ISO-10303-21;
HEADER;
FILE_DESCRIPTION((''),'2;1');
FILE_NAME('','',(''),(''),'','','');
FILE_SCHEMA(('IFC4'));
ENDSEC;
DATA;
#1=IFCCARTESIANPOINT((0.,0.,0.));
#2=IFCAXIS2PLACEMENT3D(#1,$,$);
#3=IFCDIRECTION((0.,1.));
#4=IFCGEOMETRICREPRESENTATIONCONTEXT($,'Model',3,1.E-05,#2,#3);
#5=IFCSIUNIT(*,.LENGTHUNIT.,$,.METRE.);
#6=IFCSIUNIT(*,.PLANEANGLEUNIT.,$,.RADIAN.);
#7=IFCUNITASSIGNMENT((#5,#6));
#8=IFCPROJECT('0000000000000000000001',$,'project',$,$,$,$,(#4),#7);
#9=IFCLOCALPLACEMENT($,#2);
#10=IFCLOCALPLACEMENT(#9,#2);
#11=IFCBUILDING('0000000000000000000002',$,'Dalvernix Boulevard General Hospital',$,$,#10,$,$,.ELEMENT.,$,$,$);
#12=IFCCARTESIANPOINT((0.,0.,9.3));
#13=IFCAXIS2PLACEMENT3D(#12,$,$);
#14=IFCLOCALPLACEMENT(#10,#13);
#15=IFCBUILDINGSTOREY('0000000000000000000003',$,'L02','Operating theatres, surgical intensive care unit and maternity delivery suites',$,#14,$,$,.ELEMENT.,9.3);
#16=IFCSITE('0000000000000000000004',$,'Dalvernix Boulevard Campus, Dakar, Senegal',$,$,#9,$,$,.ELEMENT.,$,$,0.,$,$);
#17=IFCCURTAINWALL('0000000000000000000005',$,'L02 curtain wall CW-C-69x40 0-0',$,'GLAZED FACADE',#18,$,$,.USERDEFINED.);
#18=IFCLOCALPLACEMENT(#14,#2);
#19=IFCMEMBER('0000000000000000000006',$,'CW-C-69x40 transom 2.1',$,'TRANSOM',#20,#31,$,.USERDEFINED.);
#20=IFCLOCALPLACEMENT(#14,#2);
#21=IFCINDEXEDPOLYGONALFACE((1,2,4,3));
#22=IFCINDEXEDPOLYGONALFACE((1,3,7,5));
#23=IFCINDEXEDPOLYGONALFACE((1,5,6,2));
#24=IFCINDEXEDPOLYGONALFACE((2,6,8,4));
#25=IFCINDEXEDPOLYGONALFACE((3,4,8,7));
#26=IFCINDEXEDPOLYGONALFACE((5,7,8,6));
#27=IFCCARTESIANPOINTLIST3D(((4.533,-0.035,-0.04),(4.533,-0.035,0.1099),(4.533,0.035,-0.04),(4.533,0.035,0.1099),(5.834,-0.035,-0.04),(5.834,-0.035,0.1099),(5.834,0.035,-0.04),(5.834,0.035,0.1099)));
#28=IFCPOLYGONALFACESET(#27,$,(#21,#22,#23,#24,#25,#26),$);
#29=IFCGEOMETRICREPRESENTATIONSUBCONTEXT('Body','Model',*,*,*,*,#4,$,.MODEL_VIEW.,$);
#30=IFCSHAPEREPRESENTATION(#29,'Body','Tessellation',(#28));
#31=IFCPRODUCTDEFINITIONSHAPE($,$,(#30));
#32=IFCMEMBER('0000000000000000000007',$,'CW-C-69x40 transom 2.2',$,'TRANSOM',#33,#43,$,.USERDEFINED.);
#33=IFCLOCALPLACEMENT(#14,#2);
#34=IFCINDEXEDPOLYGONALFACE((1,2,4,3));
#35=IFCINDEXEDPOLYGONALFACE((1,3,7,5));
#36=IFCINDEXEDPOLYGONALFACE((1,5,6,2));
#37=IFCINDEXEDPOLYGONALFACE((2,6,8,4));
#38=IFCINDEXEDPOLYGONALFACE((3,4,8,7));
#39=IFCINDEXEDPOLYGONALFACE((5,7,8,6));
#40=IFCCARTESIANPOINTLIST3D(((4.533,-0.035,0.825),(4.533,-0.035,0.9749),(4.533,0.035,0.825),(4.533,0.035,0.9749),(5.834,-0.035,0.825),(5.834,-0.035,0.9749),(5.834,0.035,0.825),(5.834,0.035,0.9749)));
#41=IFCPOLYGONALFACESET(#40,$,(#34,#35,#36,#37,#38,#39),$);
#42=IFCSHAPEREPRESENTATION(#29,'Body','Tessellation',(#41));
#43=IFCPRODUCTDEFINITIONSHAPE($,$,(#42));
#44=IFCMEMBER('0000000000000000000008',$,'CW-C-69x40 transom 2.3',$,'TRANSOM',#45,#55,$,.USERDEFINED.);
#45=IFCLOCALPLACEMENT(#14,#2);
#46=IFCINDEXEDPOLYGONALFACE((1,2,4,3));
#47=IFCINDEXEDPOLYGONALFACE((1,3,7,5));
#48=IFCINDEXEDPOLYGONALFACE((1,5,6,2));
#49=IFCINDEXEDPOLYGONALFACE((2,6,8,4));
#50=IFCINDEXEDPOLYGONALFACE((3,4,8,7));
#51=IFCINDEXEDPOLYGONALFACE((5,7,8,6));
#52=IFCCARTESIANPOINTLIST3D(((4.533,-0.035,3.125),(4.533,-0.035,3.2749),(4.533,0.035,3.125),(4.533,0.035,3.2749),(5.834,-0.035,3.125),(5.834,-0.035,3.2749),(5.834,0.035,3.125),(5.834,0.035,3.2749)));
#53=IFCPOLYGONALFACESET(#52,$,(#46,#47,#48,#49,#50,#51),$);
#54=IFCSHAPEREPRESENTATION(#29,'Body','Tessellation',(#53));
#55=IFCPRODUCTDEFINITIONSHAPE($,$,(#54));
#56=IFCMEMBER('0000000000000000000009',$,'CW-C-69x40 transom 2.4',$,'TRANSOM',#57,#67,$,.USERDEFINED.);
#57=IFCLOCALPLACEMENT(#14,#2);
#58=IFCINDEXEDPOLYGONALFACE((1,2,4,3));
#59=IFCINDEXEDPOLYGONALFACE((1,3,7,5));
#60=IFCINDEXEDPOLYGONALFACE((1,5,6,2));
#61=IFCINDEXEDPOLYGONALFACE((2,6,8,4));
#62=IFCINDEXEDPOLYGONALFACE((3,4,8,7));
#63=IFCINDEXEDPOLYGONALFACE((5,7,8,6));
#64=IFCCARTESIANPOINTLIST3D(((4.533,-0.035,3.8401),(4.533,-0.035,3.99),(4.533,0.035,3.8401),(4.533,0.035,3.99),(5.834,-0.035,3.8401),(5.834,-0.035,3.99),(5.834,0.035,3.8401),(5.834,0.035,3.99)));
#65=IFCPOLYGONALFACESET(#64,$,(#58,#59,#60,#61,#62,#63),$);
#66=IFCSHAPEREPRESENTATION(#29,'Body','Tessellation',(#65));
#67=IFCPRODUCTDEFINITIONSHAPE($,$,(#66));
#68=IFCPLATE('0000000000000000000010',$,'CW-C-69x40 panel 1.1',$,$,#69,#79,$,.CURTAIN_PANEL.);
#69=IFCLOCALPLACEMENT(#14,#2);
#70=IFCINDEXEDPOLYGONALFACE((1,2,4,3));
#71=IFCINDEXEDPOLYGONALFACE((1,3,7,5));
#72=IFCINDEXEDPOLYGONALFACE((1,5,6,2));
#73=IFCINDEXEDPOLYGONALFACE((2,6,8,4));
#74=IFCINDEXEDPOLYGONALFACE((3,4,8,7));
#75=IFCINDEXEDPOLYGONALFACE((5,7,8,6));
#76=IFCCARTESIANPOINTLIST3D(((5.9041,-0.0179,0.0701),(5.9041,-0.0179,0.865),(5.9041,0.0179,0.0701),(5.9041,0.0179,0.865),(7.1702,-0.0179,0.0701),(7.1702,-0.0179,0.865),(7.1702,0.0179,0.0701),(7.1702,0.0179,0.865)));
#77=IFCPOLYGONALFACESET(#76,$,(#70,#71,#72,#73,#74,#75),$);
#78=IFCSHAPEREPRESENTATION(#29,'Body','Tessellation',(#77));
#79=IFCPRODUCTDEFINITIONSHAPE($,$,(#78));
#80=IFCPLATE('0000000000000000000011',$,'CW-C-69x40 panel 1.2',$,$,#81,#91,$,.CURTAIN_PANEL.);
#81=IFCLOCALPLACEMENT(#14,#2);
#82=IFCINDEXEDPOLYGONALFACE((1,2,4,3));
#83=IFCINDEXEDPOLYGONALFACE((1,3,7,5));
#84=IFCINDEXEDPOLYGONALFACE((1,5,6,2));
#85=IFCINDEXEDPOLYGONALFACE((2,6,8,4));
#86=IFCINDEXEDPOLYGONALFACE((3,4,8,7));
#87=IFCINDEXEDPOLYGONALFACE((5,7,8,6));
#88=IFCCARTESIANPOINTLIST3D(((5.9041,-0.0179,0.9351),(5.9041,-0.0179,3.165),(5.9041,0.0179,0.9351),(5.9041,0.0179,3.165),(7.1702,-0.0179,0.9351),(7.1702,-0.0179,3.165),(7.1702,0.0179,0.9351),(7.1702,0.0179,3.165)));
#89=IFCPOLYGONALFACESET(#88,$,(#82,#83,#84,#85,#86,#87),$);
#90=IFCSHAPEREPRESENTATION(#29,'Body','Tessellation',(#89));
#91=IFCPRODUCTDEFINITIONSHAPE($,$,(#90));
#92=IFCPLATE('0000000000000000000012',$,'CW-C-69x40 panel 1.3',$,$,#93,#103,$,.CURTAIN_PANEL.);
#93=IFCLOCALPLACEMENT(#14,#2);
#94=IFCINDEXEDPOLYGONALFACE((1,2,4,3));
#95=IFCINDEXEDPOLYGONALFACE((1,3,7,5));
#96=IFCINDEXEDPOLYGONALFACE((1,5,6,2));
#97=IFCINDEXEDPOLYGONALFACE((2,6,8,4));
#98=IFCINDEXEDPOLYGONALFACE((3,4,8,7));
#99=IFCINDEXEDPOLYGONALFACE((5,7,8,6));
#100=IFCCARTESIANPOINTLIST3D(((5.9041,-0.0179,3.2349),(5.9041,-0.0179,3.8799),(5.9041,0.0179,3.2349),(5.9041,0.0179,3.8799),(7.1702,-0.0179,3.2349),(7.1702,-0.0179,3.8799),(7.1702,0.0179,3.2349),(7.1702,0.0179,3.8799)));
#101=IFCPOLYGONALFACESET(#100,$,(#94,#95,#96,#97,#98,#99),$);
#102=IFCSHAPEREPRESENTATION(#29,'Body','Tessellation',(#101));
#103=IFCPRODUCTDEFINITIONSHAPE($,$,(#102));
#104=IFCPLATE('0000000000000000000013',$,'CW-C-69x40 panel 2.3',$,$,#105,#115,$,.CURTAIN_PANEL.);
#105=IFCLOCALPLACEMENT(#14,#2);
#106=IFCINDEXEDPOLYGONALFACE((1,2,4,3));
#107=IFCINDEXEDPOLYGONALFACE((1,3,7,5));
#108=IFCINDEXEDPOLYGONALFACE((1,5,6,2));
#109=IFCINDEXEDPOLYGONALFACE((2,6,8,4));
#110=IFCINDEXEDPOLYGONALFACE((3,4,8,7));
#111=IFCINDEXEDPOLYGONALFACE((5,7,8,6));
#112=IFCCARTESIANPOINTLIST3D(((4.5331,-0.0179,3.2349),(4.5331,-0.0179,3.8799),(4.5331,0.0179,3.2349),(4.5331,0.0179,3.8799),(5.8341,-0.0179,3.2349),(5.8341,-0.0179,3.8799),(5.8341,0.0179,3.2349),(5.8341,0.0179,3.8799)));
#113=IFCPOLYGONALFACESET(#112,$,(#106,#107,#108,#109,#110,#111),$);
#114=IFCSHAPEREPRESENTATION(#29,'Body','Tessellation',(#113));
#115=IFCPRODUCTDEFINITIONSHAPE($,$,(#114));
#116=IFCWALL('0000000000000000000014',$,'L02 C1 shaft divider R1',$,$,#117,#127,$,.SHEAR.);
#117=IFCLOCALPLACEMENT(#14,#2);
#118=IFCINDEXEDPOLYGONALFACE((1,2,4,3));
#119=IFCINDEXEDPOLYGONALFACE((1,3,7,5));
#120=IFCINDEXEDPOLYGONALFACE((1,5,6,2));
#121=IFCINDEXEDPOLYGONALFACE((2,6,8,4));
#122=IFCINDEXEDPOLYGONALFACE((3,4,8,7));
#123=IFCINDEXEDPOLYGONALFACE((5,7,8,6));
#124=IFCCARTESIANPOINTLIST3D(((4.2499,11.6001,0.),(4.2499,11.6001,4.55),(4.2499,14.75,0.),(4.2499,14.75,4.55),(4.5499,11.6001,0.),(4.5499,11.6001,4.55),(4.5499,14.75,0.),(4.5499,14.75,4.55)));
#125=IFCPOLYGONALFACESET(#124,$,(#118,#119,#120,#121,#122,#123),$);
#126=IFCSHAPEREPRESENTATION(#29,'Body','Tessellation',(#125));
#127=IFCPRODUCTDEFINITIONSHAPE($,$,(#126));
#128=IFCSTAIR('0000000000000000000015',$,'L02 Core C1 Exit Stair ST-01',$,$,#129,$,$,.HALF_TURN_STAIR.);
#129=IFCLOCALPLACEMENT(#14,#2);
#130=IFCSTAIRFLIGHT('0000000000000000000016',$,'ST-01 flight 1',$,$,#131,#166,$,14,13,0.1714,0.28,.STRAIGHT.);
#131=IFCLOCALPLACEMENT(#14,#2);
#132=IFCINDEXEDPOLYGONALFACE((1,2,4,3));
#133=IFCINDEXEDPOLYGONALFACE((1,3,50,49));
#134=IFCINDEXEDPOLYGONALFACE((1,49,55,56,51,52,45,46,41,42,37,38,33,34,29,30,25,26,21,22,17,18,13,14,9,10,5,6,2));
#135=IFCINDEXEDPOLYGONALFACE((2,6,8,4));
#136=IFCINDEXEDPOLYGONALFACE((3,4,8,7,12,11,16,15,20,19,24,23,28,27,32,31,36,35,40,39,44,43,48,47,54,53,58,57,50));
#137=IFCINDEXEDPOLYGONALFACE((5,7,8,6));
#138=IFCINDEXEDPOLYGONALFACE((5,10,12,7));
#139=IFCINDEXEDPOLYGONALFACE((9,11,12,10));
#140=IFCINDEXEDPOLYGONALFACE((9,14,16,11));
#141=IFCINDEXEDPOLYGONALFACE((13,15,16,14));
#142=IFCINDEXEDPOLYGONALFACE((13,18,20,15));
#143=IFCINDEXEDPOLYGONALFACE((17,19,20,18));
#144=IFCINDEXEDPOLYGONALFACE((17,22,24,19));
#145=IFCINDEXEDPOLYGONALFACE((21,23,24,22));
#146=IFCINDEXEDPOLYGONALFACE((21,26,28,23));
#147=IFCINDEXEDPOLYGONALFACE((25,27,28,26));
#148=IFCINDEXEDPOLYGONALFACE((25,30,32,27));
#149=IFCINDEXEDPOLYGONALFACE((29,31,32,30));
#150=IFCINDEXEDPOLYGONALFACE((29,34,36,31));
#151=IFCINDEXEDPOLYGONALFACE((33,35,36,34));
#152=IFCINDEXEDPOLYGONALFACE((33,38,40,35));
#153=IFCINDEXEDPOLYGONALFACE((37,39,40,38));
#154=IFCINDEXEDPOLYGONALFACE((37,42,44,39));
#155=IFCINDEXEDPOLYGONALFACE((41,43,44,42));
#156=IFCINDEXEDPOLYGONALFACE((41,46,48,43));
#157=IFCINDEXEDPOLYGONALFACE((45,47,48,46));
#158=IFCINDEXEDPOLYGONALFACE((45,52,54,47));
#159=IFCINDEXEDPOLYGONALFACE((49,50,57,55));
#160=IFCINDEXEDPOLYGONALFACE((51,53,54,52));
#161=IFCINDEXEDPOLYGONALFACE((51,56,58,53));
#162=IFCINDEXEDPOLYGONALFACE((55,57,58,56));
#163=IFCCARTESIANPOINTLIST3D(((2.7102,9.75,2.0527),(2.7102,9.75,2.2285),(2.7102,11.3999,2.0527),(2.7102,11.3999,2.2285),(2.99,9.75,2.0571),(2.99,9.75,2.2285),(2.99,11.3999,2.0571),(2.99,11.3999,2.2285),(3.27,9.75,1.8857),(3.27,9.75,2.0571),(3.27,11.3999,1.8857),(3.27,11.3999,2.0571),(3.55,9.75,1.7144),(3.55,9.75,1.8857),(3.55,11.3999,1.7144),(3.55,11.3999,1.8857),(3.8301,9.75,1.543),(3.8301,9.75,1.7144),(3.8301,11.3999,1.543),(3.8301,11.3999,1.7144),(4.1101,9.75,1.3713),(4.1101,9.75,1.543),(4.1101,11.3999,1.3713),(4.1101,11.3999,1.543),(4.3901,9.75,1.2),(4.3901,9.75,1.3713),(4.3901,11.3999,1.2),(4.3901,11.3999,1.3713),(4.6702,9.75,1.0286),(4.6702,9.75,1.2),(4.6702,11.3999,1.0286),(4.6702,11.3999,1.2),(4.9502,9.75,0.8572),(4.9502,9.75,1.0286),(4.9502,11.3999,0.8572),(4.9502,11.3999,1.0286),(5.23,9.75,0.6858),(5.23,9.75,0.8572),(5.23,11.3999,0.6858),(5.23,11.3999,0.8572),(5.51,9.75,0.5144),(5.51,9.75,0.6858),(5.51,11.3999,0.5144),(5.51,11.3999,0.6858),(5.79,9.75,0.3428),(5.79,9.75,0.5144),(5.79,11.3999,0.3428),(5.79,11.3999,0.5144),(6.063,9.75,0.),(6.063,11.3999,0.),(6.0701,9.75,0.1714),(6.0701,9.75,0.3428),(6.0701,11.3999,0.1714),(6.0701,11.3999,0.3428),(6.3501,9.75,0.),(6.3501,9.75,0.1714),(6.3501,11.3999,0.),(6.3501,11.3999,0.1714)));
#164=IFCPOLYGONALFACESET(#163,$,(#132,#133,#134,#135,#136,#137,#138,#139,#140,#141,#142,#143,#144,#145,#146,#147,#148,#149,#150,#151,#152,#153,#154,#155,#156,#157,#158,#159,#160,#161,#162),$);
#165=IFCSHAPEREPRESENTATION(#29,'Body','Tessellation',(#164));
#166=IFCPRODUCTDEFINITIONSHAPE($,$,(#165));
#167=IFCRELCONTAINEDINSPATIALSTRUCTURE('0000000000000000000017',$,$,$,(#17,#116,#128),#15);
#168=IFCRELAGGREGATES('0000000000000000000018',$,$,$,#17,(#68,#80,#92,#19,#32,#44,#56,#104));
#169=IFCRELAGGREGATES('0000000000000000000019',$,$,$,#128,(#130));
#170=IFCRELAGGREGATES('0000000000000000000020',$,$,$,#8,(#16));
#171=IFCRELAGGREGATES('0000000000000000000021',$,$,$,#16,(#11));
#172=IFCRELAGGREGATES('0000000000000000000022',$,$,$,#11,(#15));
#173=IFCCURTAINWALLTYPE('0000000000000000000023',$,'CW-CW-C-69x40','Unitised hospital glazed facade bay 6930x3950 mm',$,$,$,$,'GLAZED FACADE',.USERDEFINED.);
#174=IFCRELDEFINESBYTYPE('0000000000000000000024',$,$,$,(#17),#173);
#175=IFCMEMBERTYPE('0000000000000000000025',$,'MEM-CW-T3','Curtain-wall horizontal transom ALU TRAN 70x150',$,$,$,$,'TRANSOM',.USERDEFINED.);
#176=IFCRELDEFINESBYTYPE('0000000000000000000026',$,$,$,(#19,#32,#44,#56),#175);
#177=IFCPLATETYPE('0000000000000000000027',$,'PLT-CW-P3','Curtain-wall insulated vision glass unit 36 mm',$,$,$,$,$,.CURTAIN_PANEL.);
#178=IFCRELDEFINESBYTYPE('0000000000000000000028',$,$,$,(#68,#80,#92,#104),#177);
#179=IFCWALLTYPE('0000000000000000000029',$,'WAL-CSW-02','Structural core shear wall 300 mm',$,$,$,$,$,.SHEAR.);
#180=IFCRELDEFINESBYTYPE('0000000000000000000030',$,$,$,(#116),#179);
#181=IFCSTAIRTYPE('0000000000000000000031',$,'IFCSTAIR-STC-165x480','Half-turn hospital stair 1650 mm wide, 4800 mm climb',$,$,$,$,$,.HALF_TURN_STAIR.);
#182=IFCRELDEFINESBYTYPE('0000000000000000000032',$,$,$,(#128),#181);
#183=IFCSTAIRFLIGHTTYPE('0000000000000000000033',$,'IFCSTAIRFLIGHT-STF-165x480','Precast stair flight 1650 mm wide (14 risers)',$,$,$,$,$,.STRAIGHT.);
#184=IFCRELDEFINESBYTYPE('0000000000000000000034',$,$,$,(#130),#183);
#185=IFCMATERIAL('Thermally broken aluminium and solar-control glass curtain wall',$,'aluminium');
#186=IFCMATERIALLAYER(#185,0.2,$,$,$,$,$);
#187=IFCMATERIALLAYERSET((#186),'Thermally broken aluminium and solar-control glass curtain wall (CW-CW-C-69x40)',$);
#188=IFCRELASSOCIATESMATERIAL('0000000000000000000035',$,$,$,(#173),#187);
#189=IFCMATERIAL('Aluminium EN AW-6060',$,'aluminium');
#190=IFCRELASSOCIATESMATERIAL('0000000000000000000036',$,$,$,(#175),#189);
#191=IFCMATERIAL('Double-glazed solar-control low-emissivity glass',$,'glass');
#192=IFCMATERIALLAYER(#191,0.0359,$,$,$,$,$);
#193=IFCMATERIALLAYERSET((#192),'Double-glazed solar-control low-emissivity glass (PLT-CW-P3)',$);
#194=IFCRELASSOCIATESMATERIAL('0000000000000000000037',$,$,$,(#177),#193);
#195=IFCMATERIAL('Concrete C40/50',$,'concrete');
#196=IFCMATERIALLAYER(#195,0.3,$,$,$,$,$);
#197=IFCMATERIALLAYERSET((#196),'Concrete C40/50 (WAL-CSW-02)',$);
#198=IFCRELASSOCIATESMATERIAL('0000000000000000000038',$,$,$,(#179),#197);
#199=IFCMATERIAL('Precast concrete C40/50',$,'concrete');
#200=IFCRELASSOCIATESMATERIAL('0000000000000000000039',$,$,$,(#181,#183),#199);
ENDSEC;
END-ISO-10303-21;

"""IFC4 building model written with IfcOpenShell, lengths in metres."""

from ifc_helpers import new_model, si_unit, direction, frame, frame_2d, origin, origin_2d, place, context, subcontext, project, spatial, polyline, rectangle, outline, extrude, material, layer, layer_set, material_profile, profile_set, type_object, element, aggregate, save


model = new_model("IFC4")

# Units and contexts
model_context = context("Model", 3, precision=1e-05, world=origin(), true_north=direction((0.0, 1.0)))
body_context = subcontext(model_context, "Body", "Model", "MODEL_VIEW")
ifc_project = project(units=[si_unit("LENGTHUNIT", "METRE"), si_unit("PLANEANGLEUNIT", "RADIAN")], contexts=[model_context])

# Site, building, storey
site_placement = place(None, origin())
site = spatial("IfcSite", under=ifc_project, at=site_placement, Name="Dalvernix Boulevard Campus, Dakar, Senegal", CompositionType="ELEMENT", RefElevation=0.0)
building_placement = place(site_placement, origin())
building = spatial("IfcBuilding", under=site, at=building_placement, Name="Dalvernix Boulevard General Hospital", CompositionType="ELEMENT")
storey_placement = place(building_placement, frame((0.0, 0.0, 9.3)))
storey = spatial("IfcBuildingStorey", under=building, at=storey_placement, Name="L02", Description="Operating theatres, surgical intensive care unit and maternity delivery suites", CompositionType="ELEMENT", Elevation=9.3)

# Curtain wall, members, plates
ifc_material_1 = material(Name="Thermally broken aluminium and solar-control glass curtain wall", Category="aluminium")
ifc_layer_1 = layer(ifc_material_1, 0.2)
ifc_layer_set_1 = layer_set([ifc_layer_1], Name="Thermally broken aluminium and solar-control glass curtain wall (CW-CW-C-69x40)")
curtain_wall_type = type_object("IfcCurtainWallType", Name="CW-CW-C-69x40", Description="Unitised hospital glazed facade bay 6930x3950 mm", ElementType="GLAZED FACADE", PredefinedType="USERDEFINED", material=ifc_layer_set_1)
curtain_wall_placement = place(storey_placement, origin())
curtain_wall = element("IfcCurtainWall", 1, at=curtain_wall_placement, inside=storey, type_object=curtain_wall_type, Name="L02 curtain wall CW-C-69x40 0-0", ObjectType="GLAZED FACADE", PredefinedType="USERDEFINED")
ifc_material_2 = material(Name="Aluminium EN AW-6060", Category="aluminium")
ifc_material_profile_1 = material_profile(ifc_material_2, rectangle(XDim=0.0701, YDim=0.1499, at=origin_2d()), Name="ALU TRAN 70x150")
ifc_profile_set_1 = profile_set([ifc_material_profile_1], Name="Aluminium EN AW-6060")
member_type_1 = type_object("IfcMemberType", Name="MEM-CW-T3", Description="Curtain-wall horizontal transom ALU TRAN 70x150", ElementType="TRANSOM", PredefinedType="USERDEFINED", material=ifc_profile_set_1)
member_1_placement = place(storey_placement, frame((5.834, 0.0, 0.0349), z_axis=(-1.0, 0.0, 0.0), x_axis=(0.0, -1.0, 0.0)))
member_1 = element("IfcMember", 2, at=member_1_placement, type_object=member_type_1, Name="CW-C-69x40 transom 2.1", ObjectType="TRANSOM", PredefinedType="USERDEFINED", context=body_context, shape_type="SweptSolid", body=[
    extrude(rectangle(XDim=0.0701, YDim=0.1499, at=origin_2d()), origin(), (0.0, 0.0, 1.0), 1.301),
])
member_2_placement = place(storey_placement, frame((5.834, 0.0, 0.8999), z_axis=(-1.0, 0.0, 0.0), x_axis=(0.0, -1.0, 0.0)))
member_2 = element("IfcMember", 3, at=member_2_placement, type_object=member_type_1, Name="CW-C-69x40 transom 2.2", ObjectType="TRANSOM", PredefinedType="USERDEFINED", context=body_context, shape_type="SweptSolid", body=[
    extrude(rectangle(XDim=0.0701, YDim=0.1499, at=origin_2d()), origin(), (0.0, 0.0, 1.0), 1.301),
])
member_3_placement = place(storey_placement, frame((5.834, 0.0, 3.2), z_axis=(-1.0, 0.0, 0.0), x_axis=(0.0, -1.0, 0.0)))
member_3 = element("IfcMember", 4, at=member_3_placement, type_object=member_type_1, Name="CW-C-69x40 transom 2.3", ObjectType="TRANSOM", PredefinedType="USERDEFINED", context=body_context, shape_type="SweptSolid", body=[
    extrude(rectangle(XDim=0.0701, YDim=0.1499, at=origin_2d()), origin(), (0.0, 0.0, 1.0), 1.301),
])
member_4_placement = place(storey_placement, frame((5.834, 0.0, 3.915), z_axis=(-1.0, 0.0, 0.0), x_axis=(0.0, -1.0, 0.0)))
member_4 = element("IfcMember", 5, at=member_4_placement, type_object=member_type_1, Name="CW-C-69x40 transom 2.4", ObjectType="TRANSOM", PredefinedType="USERDEFINED", context=body_context, shape_type="SweptSolid", body=[
    extrude(rectangle(XDim=0.0701, YDim=0.1499, at=origin_2d()), origin(), (0.0, 0.0, 1.0), 1.301),
])
ifc_material_3 = material(Name="Double-glazed solar-control low-emissivity glass", Category="glass")
ifc_layer_2 = layer(ifc_material_3, 0.0359)
ifc_layer_set_2 = layer_set([ifc_layer_2], Name="Double-glazed solar-control low-emissivity glass (PLT-CW-P3)")
plate_type = type_object("IfcPlateType", Name="PLT-CW-P3", Description="Curtain-wall insulated vision glass unit 36 mm", PredefinedType="CURTAIN_PANEL", material=ifc_layer_set_2)
plate_1_placement = place(storey_placement, frame((6.5371, 0.0, 0.0701), z_axis=(0.0, 0.0, 1.0), x_axis=(-1.0, 0.0, 0.0)))
plate_1 = element("IfcPlate", 6, at=plate_1_placement, type_object=plate_type, Name="CW-C-69x40 panel 1.1", PredefinedType="CURTAIN_PANEL", context=body_context, shape_type="SweptSolid", body=[
    extrude(rectangle(XDim=1.2661, YDim=0.0359, at=origin_2d()), origin(), (0.0, 0.0, 1.0), 0.7949),
])
plate_2_placement = place(storey_placement, frame((6.5371, 0.0, 0.9351), z_axis=(0.0, 0.0, 1.0), x_axis=(-1.0, 0.0, 0.0)))
plate_2 = element("IfcPlate", 7, at=plate_2_placement, type_object=plate_type, Name="CW-C-69x40 panel 1.2", PredefinedType="CURTAIN_PANEL", context=body_context, shape_type="SweptSolid", body=[
    extrude(rectangle(XDim=1.2661, YDim=0.0359, at=origin_2d()), origin(), (0.0, 0.0, 1.0), 2.23),
])
plate_3_placement = place(storey_placement, frame((6.5371, 0.0, 3.2349), z_axis=(0.0, 0.0, 1.0), x_axis=(-1.0, 0.0, 0.0)))
plate_3 = element("IfcPlate", 8, at=plate_3_placement, type_object=plate_type, Name="CW-C-69x40 panel 1.3", PredefinedType="CURTAIN_PANEL", context=body_context, shape_type="SweptSolid", body=[
    extrude(rectangle(XDim=1.2661, YDim=0.0359, at=origin_2d()), origin(), (0.0, 0.0, 1.0), 0.645),
])
plate_4_placement = place(storey_placement, frame((5.1836, 0.0, 3.2349), z_axis=(0.0, 0.0, 1.0), x_axis=(-1.0, 0.0, 0.0)))
plate_4 = element("IfcPlate", 9, at=plate_4_placement, type_object=plate_type, Name="CW-C-69x40 panel 2.3", PredefinedType="CURTAIN_PANEL", context=body_context, shape_type="SweptSolid", body=[
    extrude(rectangle(XDim=1.301, YDim=0.0359, at=origin_2d()), origin(), (0.0, 0.0, 1.0), 0.645),
])
aggregate(curtain_wall, [plate_1, plate_2, plate_3, member_1, member_2, member_3, member_4, plate_4])

# Wall
ifc_material_4 = material(Name="Concrete C40/50", Category="concrete")
ifc_layer_3 = layer(ifc_material_4, 0.3)
ifc_layer_set_3 = layer_set([ifc_layer_3], Name="Concrete C40/50 (WAL-CSW-02)")
wall_type = type_object("IfcWallType", Name="WAL-CSW-02", Description="Structural core shear wall 300 mm", PredefinedType="SHEAR", material=ifc_layer_set_3)
wall_placement = place(storey_placement, frame((4.3999, 11.6001, 0.0), z_axis=(0.0, 0.0, 1.0), x_axis=(0.0, 1.0, 0.0)))
element("IfcWall", 10, at=wall_placement, inside=storey, type_object=wall_type, Name="L02 C1 shaft divider R1", PredefinedType="SHEAR", context=body_context, shape_type="SweptSolid", body=[
    extrude(rectangle(XDim=3.1499, YDim=0.3, at=frame_2d((1.575, 0.0))), origin(), (0.0, 0.0, 1.0), 4.55),
])

# Stair, stair flight
ifc_material_5 = material(Name="Precast concrete C40/50", Category="concrete")
stair_type = type_object("IfcStairType", Name="IFCSTAIR-STC-165x480", Description="Half-turn hospital stair 1650 mm wide, 4800 mm climb", PredefinedType="HALF_TURN_STAIR", material=ifc_material_5)
stair_placement = place(storey_placement, origin())
stair = element("IfcStair", 11, at=stair_placement, inside=storey, type_object=stair_type, Name="L02 Core C1 Exit Stair ST-01", PredefinedType="HALF_TURN_STAIR")
stair_flight_type = type_object("IfcStairFlightType", Name="IFCSTAIRFLIGHT-STF-165x480", Description="Precast stair flight 1650 mm wide (14 risers)", PredefinedType="STRAIGHT", material=ifc_material_5)
stair_flight_1_placement = place(storey_placement, frame((6.3501, 10.575, 0.0), z_axis=(0.0, 0.0, 1.0), x_axis=(-1.0, 0.0, 0.0)))
stair_flight_1 = element("IfcStairFlight", 12, at=stair_flight_1_placement, type_object=stair_flight_type, Name="ST-01 flight 1", NumberOfRisers=14, NumberOfTreads=13, PredefinedType="STRAIGHT", RiserHeight=0.1714, TreadLength=0.28, context=body_context, shape_type="SweptSolid", body=[
    extrude(outline(polyline([(0.0, 0.0), (0.0, 0.1714), (0.28, 0.1714), (0.28, 0.3428), (0.5601, 0.3428), (0.5601, 0.5144), (0.8401, 0.5144), (0.8401, 0.6858), (1.1201, 0.6858), (1.1201, 0.8572), (1.3999, 0.8572), (1.3999, 1.0286), (1.6799, 1.0286), (1.6799, 1.2), (1.96, 1.2), (1.96, 1.3713), (2.24, 1.3713), (2.24, 1.543), (2.52, 1.543), (2.52, 1.7144), (2.8, 1.7144), (2.8, 1.8857), (3.0801, 1.8857), (3.0801, 2.0571), (3.3601, 2.0571), (3.3601, 2.2285), (3.6399, 2.2285), (3.6399, 2.3999), (3.6399, 2.0527), (0.2871, 0.0), (0.0, 0.0)])), frame((0.0, 0.825, 0.0), z_axis=(0.0, -1.0, 0.0), x_axis=(1.0, 0.0, 0.0)), (0.0, 0.0, 1.0), 1.6499),
])
aggregate(stair, [stair_flight_1])

save(model, "model.ifc")
